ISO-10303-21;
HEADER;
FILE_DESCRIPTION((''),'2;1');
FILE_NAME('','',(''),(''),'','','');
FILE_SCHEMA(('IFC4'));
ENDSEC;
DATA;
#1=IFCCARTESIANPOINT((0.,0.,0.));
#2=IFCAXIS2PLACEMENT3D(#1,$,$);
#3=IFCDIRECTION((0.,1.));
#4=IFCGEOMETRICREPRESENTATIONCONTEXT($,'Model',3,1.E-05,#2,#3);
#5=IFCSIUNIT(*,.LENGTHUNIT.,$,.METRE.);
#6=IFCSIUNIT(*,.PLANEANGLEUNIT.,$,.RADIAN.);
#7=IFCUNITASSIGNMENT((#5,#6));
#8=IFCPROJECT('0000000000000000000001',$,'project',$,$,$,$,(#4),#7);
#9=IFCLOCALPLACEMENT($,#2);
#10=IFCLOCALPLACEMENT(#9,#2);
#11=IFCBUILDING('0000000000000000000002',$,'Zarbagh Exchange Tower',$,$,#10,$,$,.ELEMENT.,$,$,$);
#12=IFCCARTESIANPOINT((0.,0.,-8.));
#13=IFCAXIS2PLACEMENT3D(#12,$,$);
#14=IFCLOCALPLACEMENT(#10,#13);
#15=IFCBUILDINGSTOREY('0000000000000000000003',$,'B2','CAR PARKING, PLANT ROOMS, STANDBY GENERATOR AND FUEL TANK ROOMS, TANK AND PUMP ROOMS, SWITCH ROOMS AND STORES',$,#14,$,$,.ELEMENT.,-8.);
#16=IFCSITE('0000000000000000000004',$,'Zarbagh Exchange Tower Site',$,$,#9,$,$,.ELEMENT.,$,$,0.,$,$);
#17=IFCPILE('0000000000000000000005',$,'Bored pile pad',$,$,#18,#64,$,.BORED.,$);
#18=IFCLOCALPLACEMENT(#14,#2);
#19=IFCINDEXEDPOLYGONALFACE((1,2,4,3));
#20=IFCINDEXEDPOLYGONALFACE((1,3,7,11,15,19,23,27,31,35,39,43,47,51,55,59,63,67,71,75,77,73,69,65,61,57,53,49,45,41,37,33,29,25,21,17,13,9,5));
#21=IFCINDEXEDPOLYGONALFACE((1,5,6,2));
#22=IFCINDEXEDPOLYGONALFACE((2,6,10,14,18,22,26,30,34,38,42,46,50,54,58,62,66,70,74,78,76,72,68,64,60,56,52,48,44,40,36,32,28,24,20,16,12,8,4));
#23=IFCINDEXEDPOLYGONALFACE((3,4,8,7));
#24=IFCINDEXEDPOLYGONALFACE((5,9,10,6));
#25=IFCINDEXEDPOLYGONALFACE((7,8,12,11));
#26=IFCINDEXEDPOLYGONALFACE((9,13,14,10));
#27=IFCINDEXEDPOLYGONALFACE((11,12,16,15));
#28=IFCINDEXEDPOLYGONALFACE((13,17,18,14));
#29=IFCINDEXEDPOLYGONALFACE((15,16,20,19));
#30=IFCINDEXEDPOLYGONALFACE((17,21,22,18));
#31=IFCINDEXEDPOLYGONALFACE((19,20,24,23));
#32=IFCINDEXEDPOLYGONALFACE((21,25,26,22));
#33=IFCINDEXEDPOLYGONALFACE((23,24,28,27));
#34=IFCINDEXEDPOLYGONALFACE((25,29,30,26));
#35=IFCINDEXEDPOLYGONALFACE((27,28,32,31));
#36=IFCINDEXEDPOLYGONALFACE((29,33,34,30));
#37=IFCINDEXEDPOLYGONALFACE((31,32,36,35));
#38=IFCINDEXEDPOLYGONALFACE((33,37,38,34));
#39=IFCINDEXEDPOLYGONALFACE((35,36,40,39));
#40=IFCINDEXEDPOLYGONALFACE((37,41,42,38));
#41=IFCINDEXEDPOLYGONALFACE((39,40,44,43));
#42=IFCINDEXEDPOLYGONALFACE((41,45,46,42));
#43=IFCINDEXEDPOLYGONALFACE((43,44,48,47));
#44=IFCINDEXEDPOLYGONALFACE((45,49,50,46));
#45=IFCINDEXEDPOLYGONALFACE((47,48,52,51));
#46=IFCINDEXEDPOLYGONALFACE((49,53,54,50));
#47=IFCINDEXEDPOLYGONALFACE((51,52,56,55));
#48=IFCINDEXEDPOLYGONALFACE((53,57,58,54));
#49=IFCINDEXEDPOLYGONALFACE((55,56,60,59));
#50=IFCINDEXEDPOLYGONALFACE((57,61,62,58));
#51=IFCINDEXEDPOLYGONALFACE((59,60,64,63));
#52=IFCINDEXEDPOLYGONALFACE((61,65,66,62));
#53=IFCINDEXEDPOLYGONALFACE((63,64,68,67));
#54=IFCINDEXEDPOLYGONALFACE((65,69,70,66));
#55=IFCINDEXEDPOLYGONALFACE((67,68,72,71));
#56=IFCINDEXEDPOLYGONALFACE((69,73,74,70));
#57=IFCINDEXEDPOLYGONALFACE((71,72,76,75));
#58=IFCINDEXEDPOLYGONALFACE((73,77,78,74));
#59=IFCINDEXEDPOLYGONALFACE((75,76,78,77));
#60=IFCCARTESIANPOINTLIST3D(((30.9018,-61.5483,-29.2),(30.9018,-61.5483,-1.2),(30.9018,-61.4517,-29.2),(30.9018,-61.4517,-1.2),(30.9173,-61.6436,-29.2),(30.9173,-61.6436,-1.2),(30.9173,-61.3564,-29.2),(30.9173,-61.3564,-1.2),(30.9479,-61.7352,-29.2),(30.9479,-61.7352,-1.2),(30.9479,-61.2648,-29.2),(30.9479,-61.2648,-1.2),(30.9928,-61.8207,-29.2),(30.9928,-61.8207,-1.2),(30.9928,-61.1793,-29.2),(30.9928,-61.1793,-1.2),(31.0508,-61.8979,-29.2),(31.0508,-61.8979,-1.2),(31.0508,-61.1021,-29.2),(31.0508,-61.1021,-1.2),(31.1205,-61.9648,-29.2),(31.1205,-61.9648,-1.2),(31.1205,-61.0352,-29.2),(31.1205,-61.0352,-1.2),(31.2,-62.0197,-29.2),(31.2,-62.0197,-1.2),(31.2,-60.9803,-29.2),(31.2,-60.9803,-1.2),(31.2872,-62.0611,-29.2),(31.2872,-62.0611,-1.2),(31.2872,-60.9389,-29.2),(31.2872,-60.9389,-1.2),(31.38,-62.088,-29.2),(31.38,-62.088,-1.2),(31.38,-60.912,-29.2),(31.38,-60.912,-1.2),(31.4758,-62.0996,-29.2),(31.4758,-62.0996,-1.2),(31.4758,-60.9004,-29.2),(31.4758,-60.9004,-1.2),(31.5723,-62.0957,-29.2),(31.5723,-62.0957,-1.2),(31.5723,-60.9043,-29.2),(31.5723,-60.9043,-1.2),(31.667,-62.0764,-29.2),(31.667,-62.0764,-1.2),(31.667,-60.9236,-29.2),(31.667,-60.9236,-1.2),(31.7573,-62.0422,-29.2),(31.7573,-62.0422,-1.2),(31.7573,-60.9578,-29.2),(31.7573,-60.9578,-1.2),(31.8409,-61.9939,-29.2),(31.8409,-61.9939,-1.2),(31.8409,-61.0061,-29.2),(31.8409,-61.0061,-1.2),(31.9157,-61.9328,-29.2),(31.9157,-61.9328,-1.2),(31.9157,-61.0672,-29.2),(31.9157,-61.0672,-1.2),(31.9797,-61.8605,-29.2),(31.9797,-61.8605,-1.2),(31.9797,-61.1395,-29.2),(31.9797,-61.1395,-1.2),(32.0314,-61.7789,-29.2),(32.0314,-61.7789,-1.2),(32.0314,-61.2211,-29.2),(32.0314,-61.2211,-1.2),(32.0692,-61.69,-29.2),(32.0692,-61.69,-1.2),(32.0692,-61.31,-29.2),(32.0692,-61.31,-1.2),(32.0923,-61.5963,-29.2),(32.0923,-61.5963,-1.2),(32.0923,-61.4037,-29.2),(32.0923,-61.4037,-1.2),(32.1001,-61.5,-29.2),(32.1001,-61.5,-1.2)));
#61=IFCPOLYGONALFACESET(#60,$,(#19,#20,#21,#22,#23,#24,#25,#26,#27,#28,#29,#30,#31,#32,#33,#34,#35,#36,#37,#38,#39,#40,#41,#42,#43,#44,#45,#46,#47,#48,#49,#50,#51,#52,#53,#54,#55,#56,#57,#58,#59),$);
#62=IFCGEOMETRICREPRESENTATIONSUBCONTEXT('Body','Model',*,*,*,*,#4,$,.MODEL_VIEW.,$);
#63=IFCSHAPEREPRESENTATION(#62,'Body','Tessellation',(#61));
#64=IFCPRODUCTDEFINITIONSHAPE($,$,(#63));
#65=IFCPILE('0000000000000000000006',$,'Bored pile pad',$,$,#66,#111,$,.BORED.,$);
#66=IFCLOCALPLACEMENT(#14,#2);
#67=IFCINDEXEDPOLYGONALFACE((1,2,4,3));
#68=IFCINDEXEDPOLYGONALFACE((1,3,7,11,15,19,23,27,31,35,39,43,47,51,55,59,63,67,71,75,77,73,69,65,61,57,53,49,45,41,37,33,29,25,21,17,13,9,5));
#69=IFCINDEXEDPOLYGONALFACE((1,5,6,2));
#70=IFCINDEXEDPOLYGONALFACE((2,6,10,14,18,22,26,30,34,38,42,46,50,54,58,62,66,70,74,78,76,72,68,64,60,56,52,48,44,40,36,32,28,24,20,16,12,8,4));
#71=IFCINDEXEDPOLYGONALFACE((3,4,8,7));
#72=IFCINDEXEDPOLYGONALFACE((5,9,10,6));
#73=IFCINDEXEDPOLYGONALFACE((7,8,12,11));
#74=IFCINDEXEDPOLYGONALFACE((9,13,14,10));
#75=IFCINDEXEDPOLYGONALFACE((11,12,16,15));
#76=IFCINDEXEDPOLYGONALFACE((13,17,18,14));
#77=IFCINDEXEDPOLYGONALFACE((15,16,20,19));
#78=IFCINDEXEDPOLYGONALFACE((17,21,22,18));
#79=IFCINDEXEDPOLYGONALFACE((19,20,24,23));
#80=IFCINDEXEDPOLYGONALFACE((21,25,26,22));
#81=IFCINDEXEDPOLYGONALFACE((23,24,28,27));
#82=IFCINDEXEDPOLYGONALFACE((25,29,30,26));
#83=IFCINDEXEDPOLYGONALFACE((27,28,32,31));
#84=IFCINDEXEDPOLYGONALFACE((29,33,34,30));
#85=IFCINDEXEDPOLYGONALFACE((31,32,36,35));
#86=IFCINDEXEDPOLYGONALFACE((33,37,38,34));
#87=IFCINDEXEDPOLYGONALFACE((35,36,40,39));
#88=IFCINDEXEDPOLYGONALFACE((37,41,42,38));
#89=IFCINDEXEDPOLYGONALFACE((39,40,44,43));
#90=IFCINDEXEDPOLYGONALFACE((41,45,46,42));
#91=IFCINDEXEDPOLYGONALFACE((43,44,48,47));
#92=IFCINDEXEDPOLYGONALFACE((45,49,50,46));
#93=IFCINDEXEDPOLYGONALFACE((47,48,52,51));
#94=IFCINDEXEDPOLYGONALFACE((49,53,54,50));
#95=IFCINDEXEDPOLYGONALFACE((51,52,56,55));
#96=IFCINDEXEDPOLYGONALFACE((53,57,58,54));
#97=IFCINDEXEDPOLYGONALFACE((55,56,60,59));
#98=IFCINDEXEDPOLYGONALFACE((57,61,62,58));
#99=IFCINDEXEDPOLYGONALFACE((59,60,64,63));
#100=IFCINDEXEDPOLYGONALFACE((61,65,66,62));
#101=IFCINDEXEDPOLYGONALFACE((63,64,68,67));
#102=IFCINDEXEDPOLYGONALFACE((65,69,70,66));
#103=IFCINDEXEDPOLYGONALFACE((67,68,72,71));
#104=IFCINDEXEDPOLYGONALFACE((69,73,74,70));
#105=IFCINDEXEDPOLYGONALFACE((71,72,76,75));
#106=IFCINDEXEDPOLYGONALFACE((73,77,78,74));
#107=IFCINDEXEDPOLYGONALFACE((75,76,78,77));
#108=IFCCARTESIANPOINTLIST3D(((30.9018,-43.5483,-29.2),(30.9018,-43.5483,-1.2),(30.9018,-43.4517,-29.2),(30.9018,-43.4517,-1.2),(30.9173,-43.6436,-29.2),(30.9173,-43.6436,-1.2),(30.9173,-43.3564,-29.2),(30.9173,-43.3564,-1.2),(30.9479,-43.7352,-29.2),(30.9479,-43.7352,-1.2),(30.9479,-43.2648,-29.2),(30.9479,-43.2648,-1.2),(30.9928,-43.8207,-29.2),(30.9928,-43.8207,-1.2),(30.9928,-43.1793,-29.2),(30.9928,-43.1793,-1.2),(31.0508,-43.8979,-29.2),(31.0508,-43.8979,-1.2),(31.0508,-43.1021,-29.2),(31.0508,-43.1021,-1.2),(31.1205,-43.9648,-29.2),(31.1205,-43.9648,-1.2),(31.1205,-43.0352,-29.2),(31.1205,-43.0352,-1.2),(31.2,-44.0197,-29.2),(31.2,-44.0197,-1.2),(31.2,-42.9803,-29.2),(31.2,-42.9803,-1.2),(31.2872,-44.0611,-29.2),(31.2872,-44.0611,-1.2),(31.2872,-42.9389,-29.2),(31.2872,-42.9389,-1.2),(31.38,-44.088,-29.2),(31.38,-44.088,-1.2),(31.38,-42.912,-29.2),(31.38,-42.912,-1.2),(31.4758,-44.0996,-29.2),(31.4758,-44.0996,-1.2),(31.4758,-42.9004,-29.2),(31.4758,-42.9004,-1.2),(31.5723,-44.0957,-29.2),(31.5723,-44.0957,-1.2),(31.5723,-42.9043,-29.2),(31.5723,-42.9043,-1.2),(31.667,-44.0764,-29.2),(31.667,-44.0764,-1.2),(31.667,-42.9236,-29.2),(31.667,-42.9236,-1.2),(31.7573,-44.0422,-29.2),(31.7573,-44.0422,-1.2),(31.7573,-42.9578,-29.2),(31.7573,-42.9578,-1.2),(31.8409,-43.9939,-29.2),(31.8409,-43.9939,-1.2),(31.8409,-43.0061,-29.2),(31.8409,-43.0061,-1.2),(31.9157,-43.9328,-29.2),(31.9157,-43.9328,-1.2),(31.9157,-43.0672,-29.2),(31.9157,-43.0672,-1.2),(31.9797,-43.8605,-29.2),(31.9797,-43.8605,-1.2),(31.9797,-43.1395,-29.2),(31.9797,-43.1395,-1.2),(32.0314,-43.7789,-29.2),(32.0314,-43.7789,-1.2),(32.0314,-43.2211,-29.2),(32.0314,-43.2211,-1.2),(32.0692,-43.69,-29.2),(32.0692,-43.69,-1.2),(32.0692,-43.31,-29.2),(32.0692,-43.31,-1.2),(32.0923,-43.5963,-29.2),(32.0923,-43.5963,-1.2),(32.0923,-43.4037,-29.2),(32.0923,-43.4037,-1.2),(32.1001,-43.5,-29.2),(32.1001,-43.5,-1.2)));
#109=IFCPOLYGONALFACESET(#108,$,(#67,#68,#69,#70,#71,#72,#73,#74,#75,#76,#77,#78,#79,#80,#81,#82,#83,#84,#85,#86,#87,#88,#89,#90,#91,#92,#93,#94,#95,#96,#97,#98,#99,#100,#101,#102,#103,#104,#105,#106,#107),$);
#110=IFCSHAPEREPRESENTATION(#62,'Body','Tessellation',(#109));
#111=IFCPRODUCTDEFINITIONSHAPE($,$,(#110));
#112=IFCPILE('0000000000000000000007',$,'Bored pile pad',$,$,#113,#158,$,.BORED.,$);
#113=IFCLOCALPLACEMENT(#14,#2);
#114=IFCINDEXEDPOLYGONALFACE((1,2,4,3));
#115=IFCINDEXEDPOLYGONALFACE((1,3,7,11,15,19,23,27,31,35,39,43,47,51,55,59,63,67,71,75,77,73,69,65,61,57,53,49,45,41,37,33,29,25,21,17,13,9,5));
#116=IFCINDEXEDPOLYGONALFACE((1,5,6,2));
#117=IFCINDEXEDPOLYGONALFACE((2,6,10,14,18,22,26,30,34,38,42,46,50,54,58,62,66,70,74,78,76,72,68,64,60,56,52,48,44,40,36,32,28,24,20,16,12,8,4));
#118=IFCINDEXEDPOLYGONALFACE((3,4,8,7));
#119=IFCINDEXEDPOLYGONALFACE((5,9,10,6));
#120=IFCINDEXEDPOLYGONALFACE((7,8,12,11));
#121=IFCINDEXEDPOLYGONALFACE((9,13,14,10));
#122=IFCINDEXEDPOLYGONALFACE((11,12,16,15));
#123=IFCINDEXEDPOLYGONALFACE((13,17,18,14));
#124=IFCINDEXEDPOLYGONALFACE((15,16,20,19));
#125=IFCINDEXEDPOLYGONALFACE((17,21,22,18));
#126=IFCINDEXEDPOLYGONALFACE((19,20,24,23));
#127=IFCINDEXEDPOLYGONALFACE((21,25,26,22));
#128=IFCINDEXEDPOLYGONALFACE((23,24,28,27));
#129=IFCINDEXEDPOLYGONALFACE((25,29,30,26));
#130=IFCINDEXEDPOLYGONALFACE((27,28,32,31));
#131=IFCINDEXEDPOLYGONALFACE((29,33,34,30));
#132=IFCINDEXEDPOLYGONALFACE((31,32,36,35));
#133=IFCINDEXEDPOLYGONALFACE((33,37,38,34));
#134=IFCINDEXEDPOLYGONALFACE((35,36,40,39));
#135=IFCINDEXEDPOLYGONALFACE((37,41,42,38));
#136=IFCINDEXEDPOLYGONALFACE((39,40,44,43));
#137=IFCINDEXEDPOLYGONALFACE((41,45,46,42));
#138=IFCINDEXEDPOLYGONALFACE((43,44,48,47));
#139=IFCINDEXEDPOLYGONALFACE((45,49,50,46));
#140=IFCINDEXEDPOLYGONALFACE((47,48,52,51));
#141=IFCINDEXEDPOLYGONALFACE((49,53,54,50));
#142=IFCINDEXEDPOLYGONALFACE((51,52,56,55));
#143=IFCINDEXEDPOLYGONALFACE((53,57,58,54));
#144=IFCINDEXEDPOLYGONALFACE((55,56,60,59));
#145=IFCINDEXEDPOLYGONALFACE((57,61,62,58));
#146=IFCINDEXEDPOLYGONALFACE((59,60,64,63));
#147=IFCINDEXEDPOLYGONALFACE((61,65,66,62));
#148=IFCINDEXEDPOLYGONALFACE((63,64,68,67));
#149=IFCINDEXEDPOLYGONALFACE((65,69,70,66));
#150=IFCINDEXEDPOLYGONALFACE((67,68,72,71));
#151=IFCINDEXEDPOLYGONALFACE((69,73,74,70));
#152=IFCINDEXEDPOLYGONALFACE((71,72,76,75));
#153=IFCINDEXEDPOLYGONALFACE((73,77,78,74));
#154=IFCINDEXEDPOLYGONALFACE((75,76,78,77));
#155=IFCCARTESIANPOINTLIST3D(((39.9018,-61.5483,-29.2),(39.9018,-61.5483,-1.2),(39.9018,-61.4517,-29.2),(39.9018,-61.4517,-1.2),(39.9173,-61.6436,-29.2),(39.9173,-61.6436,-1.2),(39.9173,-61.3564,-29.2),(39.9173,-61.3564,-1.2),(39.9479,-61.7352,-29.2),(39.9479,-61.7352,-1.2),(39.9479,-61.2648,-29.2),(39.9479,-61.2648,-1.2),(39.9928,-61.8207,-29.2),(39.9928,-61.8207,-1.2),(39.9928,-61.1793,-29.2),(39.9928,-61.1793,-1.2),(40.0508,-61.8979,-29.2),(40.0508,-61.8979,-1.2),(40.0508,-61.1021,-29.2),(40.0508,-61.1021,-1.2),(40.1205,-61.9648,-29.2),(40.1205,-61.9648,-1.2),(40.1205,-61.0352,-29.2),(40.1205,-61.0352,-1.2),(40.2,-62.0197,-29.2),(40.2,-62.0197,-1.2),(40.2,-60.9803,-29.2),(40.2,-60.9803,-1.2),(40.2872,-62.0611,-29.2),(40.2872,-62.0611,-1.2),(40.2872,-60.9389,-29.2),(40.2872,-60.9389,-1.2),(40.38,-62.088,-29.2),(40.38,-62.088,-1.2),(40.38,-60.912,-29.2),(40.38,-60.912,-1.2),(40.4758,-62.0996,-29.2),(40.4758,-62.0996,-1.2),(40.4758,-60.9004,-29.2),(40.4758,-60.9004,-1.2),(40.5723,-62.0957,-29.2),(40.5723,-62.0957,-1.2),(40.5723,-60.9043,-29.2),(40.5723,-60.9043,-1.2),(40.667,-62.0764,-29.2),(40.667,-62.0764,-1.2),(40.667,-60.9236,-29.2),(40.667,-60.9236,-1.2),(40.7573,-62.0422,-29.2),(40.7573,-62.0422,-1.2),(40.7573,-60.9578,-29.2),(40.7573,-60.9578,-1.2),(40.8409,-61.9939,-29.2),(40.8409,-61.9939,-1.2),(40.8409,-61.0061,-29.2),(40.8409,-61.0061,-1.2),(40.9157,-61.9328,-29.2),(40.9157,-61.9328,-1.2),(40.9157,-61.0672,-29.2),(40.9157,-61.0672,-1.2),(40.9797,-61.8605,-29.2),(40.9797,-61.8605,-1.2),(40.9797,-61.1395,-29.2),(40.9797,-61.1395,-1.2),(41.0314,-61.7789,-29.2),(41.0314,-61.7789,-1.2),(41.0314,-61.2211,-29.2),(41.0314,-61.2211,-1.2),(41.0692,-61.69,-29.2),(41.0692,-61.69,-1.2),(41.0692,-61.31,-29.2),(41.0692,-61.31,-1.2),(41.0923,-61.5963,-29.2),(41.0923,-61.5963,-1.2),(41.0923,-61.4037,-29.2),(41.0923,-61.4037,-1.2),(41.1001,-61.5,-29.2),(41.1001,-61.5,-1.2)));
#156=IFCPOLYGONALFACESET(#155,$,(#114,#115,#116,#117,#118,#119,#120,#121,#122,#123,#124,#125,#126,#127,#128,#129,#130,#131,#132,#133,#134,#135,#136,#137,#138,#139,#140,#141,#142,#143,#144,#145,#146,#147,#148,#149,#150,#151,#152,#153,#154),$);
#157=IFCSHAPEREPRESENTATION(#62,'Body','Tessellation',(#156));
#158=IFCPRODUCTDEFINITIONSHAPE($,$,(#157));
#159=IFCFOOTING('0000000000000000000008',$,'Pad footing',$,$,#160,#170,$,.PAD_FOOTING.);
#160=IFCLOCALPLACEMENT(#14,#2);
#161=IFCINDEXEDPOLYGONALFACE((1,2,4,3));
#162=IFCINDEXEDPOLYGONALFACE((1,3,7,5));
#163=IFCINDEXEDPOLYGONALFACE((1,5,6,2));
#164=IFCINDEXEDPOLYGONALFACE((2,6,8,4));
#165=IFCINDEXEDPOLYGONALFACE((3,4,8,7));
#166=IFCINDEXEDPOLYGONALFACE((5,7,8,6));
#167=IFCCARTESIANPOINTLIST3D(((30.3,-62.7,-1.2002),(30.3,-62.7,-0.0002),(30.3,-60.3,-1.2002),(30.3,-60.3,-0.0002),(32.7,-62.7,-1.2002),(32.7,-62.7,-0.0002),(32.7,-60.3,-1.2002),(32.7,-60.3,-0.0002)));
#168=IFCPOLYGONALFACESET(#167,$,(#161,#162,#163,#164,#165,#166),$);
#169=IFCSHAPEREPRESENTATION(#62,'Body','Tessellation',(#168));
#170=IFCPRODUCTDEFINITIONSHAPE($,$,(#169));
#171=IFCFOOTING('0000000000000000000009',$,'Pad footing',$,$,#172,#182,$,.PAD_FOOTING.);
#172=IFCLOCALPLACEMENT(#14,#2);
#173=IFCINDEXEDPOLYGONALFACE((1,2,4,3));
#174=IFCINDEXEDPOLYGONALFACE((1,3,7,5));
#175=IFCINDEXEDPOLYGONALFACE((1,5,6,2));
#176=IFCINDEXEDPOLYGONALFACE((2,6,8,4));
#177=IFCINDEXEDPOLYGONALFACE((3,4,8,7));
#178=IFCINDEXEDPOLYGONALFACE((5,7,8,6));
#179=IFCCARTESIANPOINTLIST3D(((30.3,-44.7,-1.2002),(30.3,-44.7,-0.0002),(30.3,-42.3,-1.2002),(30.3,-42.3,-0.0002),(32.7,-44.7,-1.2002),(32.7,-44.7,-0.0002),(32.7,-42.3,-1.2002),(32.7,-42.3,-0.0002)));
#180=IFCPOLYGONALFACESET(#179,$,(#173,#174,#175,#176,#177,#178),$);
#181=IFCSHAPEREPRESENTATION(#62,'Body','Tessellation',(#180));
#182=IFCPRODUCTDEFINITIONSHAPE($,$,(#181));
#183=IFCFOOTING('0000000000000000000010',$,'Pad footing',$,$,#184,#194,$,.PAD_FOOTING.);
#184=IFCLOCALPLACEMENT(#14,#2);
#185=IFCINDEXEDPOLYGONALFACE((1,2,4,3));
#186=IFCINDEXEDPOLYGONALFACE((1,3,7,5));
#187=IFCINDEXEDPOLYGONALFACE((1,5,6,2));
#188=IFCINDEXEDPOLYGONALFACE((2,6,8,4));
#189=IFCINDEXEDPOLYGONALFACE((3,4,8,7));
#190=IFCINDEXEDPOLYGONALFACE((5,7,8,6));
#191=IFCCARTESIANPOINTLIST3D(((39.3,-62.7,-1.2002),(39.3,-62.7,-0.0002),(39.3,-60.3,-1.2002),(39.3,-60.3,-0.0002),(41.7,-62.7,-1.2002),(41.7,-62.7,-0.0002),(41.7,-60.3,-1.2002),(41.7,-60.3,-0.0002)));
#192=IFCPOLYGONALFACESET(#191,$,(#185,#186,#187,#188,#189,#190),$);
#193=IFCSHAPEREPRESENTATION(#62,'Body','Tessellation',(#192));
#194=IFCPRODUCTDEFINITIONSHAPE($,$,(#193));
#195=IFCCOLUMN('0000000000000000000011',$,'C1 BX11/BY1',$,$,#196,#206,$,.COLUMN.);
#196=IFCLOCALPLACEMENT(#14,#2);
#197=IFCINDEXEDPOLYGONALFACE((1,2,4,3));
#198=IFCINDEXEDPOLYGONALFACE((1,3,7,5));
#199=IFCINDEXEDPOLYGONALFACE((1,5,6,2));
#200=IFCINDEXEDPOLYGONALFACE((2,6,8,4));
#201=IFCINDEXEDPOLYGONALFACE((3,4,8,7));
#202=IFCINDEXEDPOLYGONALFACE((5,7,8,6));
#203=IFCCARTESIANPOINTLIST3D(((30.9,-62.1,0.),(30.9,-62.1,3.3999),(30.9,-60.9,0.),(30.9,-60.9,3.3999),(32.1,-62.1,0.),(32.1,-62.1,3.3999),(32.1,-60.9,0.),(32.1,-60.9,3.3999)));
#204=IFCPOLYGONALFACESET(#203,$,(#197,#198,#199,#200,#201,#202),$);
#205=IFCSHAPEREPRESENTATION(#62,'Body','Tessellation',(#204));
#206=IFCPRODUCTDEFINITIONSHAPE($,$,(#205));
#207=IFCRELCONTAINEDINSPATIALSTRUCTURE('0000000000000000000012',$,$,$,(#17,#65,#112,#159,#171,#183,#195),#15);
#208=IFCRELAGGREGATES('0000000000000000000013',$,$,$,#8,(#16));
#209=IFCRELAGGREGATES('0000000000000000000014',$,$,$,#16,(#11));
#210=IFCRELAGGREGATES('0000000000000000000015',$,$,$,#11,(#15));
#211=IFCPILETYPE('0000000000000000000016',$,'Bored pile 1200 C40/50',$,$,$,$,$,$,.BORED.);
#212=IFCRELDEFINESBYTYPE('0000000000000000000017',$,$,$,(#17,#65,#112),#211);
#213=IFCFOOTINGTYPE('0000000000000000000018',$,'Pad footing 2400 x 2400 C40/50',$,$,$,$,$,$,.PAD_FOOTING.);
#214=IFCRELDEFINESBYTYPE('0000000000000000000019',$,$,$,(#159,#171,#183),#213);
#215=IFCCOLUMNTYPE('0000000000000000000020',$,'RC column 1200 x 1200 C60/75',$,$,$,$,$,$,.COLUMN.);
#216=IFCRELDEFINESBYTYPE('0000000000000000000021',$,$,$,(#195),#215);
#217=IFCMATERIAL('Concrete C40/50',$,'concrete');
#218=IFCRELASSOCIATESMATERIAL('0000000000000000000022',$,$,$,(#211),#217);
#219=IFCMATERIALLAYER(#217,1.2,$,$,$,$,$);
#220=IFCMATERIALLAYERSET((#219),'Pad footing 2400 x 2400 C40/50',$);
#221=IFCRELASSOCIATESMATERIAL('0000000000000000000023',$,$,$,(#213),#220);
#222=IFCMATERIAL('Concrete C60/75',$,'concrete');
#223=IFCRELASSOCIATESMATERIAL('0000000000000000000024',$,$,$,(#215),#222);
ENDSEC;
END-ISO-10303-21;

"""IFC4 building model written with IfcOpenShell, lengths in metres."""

from ifc_helpers import new_model, si_unit, direction, frame, origin, origin_2d, place, context, subcontext, project, spatial, rectangle, circle, extrude, material, layer, layer_set, material_profile, profile_set, type_object, element, save


model = new_model("IFC4")

# Units and contexts
model_context = context("Model", 3, precision=1e-05, world=origin(), true_north=direction((0.0, 1.0)))
body_context = subcontext(model_context, "Body", "Model", "MODEL_VIEW")
ifc_project = project(units=[si_unit("LENGTHUNIT", "METRE"), si_unit("PLANEANGLEUNIT", "RADIAN")], contexts=[model_context])

# Site, building, storey
site_placement = place(None, origin())
site = spatial("IfcSite", under=ifc_project, at=site_placement, Name="Zarbagh Exchange Tower Site", CompositionType="ELEMENT", RefElevation=0.0)
building_placement = place(site_placement, origin())
building = spatial("IfcBuilding", under=site, at=building_placement, Name="Zarbagh Exchange Tower", CompositionType="ELEMENT")
storey_placement = place(building_placement, frame((0.0, 0.0, -8.0)))
storey = spatial("IfcBuildingStorey", under=building, at=storey_placement, Name="B2", Description="CAR PARKING, PLANT ROOMS, STANDBY GENERATOR AND FUEL TANK ROOMS, TANK AND PUMP ROOMS, SWITCH ROOMS AND STORES", CompositionType="ELEMENT", Elevation=-8.0)

# Piles
ifc_material_1 = material(Name="Concrete C40/50", Category="concrete")
ifc_material_profile_1 = material_profile(ifc_material_1, circle(Radius=0.6001, at=origin_2d()), Name="Bored pile 1200 C40/50")
ifc_profile_set_1 = profile_set([ifc_material_profile_1], Name="Concrete C40/50")
pile_type = type_object("IfcPileType", Name="Bored pile 1200 C40/50", PredefinedType="BORED", material=ifc_profile_set_1)
for number, where, z_axis, x_axis, name in (
    (1, (31.5, -61.5, -1.2), (0.0, 0.0, -1.0), (1.0, 0.0, 0.0), "Bored pile pad"),
    (2, (31.5, -43.5, -1.2), (0.0, 0.0, -1.0), (1.0, 0.0, 0.0), "Bored pile pad"),
    (3, (40.5, -61.5, -1.2), (0.0, 0.0, -1.0), (1.0, 0.0, 0.0), "Bored pile pad"),
):
    element("IfcPile", number, at=place(storey_placement, frame(where, z_axis=z_axis, x_axis=x_axis)), inside=storey, type_object=pile_type, Name=name, PredefinedType="BORED", context=body_context, shape_type="SweptSolid", body=[
        extrude(circle(Radius=0.6001, at=origin_2d()), origin(), (0.0, 0.0, 1.0), 28.0),
    ])

# Footings
ifc_layer_1 = layer(ifc_material_1, 1.2)
ifc_layer_set_1 = layer_set([ifc_layer_1], Name="Pad footing 2400 x 2400 C40/50")
footing_type = type_object("IfcFootingType", Name="Pad footing 2400 x 2400 C40/50", PredefinedType="PAD_FOOTING", material=ifc_layer_set_1)
for number, where, z_axis, x_axis, name in (
    (4, (31.5, -61.5, -1.2002), (0.0, 0.0, 1.0), (1.0, 0.0, 0.0), "Pad footing"),
    (5, (31.5, -43.5, -1.2002), (0.0, 0.0, 1.0), (1.0, 0.0, 0.0), "Pad footing"),
    (6, (40.5, -61.5, -1.2002), (0.0, 0.0, 1.0), (1.0, 0.0, 0.0), "Pad footing"),
):
    element("IfcFooting", number, at=place(storey_placement, frame(where, z_axis=z_axis, x_axis=x_axis)), inside=storey, type_object=footing_type, Name=name, PredefinedType="PAD_FOOTING", context=body_context, shape_type="SweptSolid", body=[
        extrude(rectangle(XDim=2.3999, YDim=2.3999, at=origin_2d()), origin(), (0.0, 0.0, 1.0), 1.2),
    ])

# Column
ifc_material_2 = material(Name="Concrete C60/75", Category="concrete")
ifc_material_profile_2 = material_profile(ifc_material_2, rectangle(XDim=1.2, YDim=1.2, at=origin_2d()), Name="RC column 1200 x 1200 C60/75")
ifc_profile_set_2 = profile_set([ifc_material_profile_2], Name="Concrete C60/75")
column_type = type_object("IfcColumnType", Name="RC column 1200 x 1200 C60/75", PredefinedType="COLUMN", material=ifc_profile_set_2)
for number, where, z_axis, x_axis, name in (
    (7, (31.5, -61.5, 0.0), (0.0, 0.0, 1.0), (1.0, 0.0, 0.0), "C1 BX11/BY1"),
):
    element("IfcColumn", number, at=place(storey_placement, frame(where, z_axis=z_axis, x_axis=x_axis)), inside=storey, type_object=column_type, Name=name, PredefinedType="COLUMN", context=body_context, shape_type="SweptSolid", body=[
        extrude(rectangle(XDim=1.2, YDim=1.2, at=origin_2d()), origin(), (0.0, 0.0, 1.0), 3.3999),
    ])

save(model, "model.ifc")
